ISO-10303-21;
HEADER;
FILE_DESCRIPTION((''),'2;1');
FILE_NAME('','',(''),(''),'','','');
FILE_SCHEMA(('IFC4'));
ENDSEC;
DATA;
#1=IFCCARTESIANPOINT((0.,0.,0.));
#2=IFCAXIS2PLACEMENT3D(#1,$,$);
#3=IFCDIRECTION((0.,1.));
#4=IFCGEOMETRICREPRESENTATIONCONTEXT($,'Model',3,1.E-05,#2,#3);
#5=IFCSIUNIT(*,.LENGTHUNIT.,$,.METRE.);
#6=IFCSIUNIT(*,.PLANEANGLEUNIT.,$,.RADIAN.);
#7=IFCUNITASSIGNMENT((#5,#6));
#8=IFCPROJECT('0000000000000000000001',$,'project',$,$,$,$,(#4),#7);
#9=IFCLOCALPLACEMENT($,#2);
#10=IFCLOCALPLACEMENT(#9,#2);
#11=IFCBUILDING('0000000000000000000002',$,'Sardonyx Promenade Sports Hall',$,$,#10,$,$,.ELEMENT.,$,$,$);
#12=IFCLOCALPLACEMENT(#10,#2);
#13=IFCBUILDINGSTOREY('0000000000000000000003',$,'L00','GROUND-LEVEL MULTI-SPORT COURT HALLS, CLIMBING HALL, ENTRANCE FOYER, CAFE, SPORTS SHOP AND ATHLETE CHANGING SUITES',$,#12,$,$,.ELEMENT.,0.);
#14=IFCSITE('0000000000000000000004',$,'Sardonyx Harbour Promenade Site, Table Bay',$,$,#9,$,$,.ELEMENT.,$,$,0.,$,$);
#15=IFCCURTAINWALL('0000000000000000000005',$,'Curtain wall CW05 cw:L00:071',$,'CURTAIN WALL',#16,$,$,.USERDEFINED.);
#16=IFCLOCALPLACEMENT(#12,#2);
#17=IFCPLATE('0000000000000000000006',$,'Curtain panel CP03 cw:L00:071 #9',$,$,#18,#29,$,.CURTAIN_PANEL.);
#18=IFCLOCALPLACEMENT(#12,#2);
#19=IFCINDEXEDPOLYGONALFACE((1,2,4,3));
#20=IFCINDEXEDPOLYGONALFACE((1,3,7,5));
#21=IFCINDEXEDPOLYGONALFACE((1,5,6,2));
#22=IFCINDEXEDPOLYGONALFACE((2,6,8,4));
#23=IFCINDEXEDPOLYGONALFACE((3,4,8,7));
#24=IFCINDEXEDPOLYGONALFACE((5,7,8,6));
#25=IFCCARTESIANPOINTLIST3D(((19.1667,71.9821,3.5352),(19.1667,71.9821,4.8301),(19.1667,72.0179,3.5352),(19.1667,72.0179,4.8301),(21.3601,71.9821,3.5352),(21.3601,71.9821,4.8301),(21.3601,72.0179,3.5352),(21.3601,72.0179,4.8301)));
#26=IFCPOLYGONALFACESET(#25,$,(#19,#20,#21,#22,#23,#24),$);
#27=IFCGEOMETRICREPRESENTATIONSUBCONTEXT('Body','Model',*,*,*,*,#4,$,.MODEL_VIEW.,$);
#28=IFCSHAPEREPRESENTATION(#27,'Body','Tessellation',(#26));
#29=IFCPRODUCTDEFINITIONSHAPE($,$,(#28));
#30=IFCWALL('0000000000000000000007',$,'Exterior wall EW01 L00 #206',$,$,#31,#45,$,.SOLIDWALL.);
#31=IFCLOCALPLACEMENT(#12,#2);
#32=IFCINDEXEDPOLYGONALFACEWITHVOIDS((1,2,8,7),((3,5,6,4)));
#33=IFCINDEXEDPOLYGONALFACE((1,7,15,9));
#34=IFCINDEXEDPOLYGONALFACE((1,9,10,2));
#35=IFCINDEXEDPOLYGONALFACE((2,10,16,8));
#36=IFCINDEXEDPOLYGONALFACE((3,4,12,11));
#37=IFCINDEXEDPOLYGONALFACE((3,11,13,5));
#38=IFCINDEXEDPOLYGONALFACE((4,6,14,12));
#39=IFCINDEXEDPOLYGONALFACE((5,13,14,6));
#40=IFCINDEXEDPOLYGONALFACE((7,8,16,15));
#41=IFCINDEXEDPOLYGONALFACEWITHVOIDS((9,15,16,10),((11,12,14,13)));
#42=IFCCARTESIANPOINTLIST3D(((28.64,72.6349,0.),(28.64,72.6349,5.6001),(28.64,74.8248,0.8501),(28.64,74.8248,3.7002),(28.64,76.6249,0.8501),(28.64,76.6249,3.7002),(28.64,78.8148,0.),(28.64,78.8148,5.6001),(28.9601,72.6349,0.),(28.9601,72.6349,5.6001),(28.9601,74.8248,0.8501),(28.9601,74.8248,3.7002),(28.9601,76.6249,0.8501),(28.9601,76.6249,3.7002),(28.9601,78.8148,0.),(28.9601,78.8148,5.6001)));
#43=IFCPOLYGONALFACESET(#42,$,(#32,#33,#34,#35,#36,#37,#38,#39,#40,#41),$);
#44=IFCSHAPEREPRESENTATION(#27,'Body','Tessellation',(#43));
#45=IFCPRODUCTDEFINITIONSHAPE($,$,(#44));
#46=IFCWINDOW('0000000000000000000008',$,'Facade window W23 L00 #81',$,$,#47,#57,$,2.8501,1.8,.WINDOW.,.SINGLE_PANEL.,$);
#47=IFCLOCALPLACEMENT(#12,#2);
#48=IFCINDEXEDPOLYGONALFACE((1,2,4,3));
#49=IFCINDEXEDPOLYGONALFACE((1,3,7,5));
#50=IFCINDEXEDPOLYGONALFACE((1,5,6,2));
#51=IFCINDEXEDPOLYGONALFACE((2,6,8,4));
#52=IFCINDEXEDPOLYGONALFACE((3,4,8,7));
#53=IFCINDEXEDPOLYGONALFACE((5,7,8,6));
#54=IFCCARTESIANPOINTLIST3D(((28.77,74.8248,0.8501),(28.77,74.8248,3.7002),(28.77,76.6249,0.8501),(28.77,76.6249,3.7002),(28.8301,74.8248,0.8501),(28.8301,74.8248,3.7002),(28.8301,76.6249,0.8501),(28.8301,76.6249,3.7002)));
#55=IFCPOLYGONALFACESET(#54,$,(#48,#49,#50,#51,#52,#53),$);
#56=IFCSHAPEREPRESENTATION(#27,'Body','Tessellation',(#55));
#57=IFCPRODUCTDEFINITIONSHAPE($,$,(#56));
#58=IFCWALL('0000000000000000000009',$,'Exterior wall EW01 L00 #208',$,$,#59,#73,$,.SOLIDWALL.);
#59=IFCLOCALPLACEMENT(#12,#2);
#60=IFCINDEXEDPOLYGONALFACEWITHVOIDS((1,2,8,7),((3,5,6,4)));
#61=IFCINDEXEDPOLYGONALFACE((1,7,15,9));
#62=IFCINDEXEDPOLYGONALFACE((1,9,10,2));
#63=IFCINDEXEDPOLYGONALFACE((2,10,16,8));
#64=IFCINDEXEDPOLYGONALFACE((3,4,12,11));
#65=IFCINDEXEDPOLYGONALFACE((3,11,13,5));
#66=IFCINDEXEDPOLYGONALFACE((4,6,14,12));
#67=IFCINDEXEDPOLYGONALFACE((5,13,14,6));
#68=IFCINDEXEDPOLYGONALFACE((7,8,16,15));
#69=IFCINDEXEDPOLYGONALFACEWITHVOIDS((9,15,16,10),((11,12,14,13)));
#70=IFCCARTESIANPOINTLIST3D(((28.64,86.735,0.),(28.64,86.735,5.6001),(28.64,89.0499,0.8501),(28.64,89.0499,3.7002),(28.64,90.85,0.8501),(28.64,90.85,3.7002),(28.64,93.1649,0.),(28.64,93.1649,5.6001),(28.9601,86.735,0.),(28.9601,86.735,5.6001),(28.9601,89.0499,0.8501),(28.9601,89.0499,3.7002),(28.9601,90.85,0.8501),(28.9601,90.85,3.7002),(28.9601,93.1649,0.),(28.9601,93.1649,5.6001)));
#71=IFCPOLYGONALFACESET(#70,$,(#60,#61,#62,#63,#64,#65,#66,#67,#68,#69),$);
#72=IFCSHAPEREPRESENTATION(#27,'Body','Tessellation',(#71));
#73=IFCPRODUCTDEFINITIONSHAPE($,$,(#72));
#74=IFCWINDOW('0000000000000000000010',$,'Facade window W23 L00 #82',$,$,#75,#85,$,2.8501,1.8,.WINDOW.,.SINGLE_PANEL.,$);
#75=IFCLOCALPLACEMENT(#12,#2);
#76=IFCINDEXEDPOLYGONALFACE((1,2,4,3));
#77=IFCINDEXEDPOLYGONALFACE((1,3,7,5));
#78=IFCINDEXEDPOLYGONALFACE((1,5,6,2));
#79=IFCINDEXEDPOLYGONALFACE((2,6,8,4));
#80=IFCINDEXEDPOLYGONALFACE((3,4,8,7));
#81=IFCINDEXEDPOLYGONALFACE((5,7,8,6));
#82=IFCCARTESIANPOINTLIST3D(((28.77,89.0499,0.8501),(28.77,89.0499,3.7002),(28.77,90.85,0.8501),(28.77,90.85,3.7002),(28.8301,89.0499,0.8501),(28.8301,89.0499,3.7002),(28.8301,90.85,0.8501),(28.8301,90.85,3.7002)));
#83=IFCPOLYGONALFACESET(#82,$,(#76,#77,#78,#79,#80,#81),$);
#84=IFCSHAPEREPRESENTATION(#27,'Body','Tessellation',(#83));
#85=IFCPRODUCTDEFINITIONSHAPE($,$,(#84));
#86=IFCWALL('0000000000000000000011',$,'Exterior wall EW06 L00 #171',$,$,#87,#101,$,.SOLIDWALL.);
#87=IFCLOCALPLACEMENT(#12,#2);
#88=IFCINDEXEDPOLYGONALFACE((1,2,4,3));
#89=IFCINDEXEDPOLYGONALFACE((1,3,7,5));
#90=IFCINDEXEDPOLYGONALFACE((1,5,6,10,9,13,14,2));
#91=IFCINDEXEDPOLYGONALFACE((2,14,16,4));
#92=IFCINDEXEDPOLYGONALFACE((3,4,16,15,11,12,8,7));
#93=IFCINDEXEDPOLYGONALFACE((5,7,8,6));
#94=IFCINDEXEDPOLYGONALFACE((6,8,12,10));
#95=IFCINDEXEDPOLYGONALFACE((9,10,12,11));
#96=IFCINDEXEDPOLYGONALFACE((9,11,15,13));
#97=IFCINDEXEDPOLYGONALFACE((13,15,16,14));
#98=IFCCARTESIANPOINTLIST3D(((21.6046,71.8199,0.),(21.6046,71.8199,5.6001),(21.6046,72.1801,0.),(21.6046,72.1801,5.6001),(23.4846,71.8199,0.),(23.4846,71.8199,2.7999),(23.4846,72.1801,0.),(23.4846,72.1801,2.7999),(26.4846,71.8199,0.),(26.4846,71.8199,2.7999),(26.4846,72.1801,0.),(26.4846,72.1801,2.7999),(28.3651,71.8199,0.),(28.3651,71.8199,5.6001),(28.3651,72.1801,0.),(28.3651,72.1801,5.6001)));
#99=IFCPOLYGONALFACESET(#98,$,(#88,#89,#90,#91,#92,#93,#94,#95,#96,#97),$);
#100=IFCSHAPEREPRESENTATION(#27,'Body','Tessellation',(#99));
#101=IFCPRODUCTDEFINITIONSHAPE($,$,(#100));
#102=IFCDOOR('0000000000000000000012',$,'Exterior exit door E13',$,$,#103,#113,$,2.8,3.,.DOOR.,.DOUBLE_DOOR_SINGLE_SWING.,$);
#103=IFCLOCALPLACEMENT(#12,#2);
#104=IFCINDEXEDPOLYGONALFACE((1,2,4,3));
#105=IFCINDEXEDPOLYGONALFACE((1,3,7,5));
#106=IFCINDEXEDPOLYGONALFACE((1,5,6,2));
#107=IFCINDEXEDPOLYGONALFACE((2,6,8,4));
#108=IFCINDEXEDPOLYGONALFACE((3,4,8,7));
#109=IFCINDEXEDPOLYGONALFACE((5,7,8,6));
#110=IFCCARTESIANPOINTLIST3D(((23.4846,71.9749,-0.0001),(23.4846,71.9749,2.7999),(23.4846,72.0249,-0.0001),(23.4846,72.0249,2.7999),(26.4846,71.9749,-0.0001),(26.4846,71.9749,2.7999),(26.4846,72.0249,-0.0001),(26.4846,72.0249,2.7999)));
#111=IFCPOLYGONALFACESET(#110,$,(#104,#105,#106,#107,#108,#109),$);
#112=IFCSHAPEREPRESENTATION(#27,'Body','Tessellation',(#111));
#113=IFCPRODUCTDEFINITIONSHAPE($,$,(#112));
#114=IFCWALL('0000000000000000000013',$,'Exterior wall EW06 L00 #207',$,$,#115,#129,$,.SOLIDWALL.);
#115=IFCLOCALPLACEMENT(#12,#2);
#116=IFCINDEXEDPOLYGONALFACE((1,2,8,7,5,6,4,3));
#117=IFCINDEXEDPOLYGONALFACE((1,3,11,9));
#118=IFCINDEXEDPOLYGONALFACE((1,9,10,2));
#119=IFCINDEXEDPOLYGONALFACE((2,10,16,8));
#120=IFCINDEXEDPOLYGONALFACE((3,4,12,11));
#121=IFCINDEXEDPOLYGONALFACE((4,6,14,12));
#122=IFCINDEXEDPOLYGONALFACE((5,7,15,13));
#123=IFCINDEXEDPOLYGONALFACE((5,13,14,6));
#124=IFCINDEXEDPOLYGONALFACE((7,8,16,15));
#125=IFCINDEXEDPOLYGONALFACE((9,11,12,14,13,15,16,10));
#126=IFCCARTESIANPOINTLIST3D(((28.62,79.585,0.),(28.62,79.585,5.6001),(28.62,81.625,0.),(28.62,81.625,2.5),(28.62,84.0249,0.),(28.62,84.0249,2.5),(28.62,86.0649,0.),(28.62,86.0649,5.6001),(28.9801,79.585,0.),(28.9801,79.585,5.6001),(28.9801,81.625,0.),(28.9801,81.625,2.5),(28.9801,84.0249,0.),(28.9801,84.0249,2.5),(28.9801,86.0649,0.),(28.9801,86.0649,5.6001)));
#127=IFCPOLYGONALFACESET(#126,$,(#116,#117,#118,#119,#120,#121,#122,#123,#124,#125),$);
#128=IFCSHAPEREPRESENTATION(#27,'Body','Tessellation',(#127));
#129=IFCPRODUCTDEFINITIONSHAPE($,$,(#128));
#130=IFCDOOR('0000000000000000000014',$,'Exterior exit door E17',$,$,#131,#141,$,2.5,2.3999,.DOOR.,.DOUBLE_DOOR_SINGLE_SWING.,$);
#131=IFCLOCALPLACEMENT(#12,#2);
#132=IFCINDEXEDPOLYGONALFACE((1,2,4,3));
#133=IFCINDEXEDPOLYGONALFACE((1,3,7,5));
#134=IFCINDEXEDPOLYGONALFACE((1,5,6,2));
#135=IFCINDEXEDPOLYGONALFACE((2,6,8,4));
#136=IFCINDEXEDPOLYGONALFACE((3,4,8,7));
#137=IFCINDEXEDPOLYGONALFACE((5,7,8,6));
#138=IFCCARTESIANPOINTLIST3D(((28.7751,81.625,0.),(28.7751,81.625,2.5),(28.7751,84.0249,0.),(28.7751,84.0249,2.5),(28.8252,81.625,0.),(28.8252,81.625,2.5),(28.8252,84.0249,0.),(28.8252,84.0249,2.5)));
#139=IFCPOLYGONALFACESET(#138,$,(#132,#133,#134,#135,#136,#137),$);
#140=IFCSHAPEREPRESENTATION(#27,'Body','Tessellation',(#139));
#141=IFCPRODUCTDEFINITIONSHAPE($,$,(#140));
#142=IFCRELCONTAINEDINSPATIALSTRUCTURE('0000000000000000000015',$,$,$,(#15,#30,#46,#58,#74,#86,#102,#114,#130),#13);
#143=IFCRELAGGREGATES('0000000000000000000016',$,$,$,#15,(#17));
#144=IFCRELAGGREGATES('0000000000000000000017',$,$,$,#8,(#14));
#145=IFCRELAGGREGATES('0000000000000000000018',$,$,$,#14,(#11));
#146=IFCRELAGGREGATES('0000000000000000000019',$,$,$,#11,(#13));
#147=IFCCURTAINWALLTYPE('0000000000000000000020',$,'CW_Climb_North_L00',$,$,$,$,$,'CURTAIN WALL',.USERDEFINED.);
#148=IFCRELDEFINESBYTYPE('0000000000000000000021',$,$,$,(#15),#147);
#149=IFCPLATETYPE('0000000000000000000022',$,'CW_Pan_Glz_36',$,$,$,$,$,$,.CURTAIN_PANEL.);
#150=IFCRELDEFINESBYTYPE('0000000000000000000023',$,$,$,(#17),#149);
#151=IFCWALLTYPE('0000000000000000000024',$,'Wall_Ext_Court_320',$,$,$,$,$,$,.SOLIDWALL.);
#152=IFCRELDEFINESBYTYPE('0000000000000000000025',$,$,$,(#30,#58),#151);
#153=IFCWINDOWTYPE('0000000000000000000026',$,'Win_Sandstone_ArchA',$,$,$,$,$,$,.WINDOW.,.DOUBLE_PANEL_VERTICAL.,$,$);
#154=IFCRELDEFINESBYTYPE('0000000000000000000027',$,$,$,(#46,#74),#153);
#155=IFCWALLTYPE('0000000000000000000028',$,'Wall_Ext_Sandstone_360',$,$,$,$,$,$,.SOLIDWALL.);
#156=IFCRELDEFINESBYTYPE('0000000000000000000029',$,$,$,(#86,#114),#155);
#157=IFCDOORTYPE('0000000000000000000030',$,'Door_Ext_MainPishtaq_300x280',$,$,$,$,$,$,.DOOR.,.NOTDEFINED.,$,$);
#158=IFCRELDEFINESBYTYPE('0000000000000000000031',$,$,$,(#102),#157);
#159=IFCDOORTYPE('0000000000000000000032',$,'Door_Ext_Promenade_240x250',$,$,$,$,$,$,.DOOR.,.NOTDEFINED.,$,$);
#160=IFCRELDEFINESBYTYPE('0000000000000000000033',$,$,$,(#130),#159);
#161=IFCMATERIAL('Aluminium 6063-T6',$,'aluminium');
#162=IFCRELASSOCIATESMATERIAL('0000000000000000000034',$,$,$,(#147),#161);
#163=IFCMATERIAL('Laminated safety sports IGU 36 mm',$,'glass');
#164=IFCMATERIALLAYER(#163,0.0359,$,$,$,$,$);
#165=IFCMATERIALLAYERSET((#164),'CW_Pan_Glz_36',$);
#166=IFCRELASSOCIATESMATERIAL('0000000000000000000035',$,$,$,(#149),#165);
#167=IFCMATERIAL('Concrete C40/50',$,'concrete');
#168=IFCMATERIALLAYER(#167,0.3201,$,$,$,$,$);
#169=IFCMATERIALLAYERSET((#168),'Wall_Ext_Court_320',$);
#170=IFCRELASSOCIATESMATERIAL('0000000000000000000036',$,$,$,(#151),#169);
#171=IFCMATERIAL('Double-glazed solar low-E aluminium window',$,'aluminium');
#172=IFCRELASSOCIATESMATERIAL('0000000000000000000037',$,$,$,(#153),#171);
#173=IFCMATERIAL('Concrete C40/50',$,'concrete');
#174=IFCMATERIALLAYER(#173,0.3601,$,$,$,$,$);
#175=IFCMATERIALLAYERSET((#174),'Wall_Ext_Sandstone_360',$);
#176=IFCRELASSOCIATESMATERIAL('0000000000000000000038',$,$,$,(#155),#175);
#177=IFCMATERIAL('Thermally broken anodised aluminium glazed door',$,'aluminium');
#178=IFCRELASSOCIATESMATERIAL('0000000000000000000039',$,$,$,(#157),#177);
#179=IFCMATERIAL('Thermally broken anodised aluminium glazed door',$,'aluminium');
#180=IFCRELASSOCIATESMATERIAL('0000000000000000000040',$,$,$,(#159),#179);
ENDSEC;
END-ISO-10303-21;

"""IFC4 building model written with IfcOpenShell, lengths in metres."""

from ifc_helpers import new_model, si_unit, direction, frame, frame_2d, origin, origin_2d, place, context, subcontext, project, spatial, rectangle, extrude, material, layer, layer_set, type_object, element, fill, aggregate, save


model = new_model("IFC4")

# Units and contexts
model_context = context("Model", 3, precision=1e-05, world=origin(), true_north=direction((0.0, 1.0)))
body_context = subcontext(model_context, "Body", "Model", "MODEL_VIEW")
ifc_project = project(units=[si_unit("LENGTHUNIT", "METRE"), si_unit("PLANEANGLEUNIT", "RADIAN")], contexts=[model_context])

# Site, building, storey
site_placement = place(None, origin())
site = spatial("IfcSite", under=ifc_project, at=site_placement, Name="Sardonyx Harbour Promenade Site, Table Bay", CompositionType="ELEMENT", RefElevation=0.0)
building_placement = place(site_placement, origin())
building = spatial("IfcBuilding", under=site, at=building_placement, Name="Sardonyx Promenade Sports Hall", CompositionType="ELEMENT")
storey_placement = place(building_placement, origin())
storey = spatial("IfcBuildingStorey", under=building, at=storey_placement, Name="L00", Description="GROUND-LEVEL MULTI-SPORT COURT HALLS, CLIMBING HALL, ENTRANCE FOYER, CAFE, SPORTS SHOP AND ATHLETE CHANGING SUITES", CompositionType="ELEMENT", Elevation=0.0)

# Curtain wall, plate
ifc_material_1 = material(Name="Aluminium 6063-T6", Category="aluminium")
curtain_wall_type = type_object("IfcCurtainWallType", Name="CW_Climb_North_L00", ElementType="CURTAIN WALL", PredefinedType="USERDEFINED", material=ifc_material_1)
curtain_wall_placement = place(storey_placement, origin())
curtain_wall = element("IfcCurtainWall", 1, at=curtain_wall_placement, inside=storey, type_object=curtain_wall_type, Name="Curtain wall CW05 cw:L00:071", ObjectType="CURTAIN WALL", PredefinedType="USERDEFINED")
ifc_material_2 = material(Name="Laminated safety sports IGU 36 mm", Category="glass")
ifc_layer_1 = layer(ifc_material_2, 0.0359)
ifc_layer_set_1 = layer_set([ifc_layer_1], Name="CW_Pan_Glz_36")
plate_type = type_object("IfcPlateType", Name="CW_Pan_Glz_36", PredefinedType="CURTAIN_PANEL", material=ifc_layer_set_1)
plate_1_placement = place(storey_placement, frame((20.2634, 72.0, 3.5352), z_axis=(0.0, 0.0, 1.0), x_axis=(1.0, 0.0, 0.0)))
plate_1 = element("IfcPlate", 2, at=plate_1_placement, type_object=plate_type, Name="Curtain panel CP03 cw:L00:071 #9", PredefinedType="CURTAIN_PANEL", context=body_context, shape_type="SweptSolid", body=[
    extrude(rectangle(XDim=2.1934, YDim=0.0359, at=origin_2d()), origin(), (0.0, 0.0, 1.0), 1.2949),
])
aggregate(curtain_wall, [plate_1])

# Walls, openings, windows
ifc_material_3 = material(Name="Concrete C40/50", Category="concrete")
ifc_layer_2 = layer(ifc_material_3, 0.3201)
ifc_layer_set_2 = layer_set([ifc_layer_2], Name="Wall_Ext_Court_320")
wall_type_1 = type_object("IfcWallType", Name="Wall_Ext_Court_320", PredefinedType="SOLIDWALL", material=ifc_layer_set_2)
wall_1_placement = place(storey_placement, frame((28.8, 72.635, 0.0), z_axis=(0.0, 0.0, 1.0), x_axis=(0.0, 1.0, 0.0)))
wall_1 = element("IfcWall", 3, at=wall_1_placement, inside=storey, type_object=wall_type_1, Name="Exterior wall EW01 L00 #206", PredefinedType="SOLIDWALL", context=body_context, shape_type="SweptSolid", body=[
    extrude(rectangle(XDim=6.1799, YDim=0.3201, at=frame_2d((3.0898, 0.0))), origin(), (0.0, 0.0, 1.0), 5.6001),
])
opening_1_placement = place(wall_1_placement, frame((2.1899, 0.0, 0.8501)))
opening_1 = element("IfcOpeningElement", 4, at=opening_1_placement, cuts=wall_1, PredefinedType="OPENING", context=body_context, shape_type="SweptSolid", body=[
    extrude(rectangle(XDim=1.8, YDim=2.8501, at=frame_2d((0.8999, 1.425))), frame((0.0, 0.17, 0.0), z_axis=(0.0, -1.0, 0.0), x_axis=(1.0, 0.0, 0.0)), (0.0, 0.0, 1.0), 0.34),
])
ifc_material_4 = material(Name="Double-glazed solar low-E aluminium window", Category="aluminium")
window_type_1 = type_object("IfcWindowType", Name="Win_Sandstone_ArchA", PartitioningType="DOUBLE_PANEL_VERTICAL", PredefinedType="WINDOW", material=ifc_material_4)
window_1_placement = place(opening_1_placement, origin())
window_1 = element("IfcWindow", 5, at=window_1_placement, inside=storey, type_object=window_type_1, Name="Facade window W23 L00 #81", OverallHeight=2.8501, OverallWidth=1.8, PartitioningType="SINGLE_PANEL", PredefinedType="WINDOW", context=body_context, shape_type="SweptSolid", body=[
    extrude(rectangle(XDim=1.8, YDim=2.8501, at=frame_2d((0.8999, 1.425))), frame((0.0, 0.03, 0.0), z_axis=(0.0, -1.0, 0.0), x_axis=(1.0, 0.0, 0.0)), (0.0, 0.0, 1.0), 0.0601),
])
fill(opening_1, window_1)
wall_2_placement = place(storey_placement, frame((28.8, 86.7351, 0.0), z_axis=(0.0, 0.0, 1.0), x_axis=(0.0, 1.0, 0.0)))
wall_2 = element("IfcWall", 6, at=wall_2_placement, inside=storey, type_object=wall_type_1, Name="Exterior wall EW01 L00 #208", PredefinedType="SOLIDWALL", context=body_context, shape_type="SweptSolid", body=[
    extrude(rectangle(XDim=6.4299, YDim=0.3201, at=frame_2d((3.2148, 0.0))), origin(), (0.0, 0.0, 1.0), 5.6001),
])
opening_2_placement = place(wall_2_placement, frame((2.3149, 0.0, 0.8501)))
opening_2 = element("IfcOpeningElement", 7, at=opening_2_placement, cuts=wall_2, PredefinedType="OPENING", context=body_context, shape_type="SweptSolid", body=[
    extrude(rectangle(XDim=1.8, YDim=2.8501, at=frame_2d((0.8999, 1.425))), frame((0.0, 0.17, 0.0), z_axis=(0.0, -1.0, 0.0), x_axis=(1.0, 0.0, 0.0)), (0.0, 0.0, 1.0), 0.34),
])
window_2_placement = place(opening_2_placement, origin())
window_2 = element("IfcWindow", 8, at=window_2_placement, inside=storey, type_object=window_type_1, Name="Facade window W23 L00 #82", OverallHeight=2.8501, OverallWidth=1.8, PartitioningType="SINGLE_PANEL", PredefinedType="WINDOW", context=body_context, shape_type="SweptSolid", body=[
    extrude(rectangle(XDim=1.8, YDim=2.8501, at=frame_2d((0.8999, 1.425))), frame((0.0, 0.03, 0.0), z_axis=(0.0, -1.0, 0.0), x_axis=(1.0, 0.0, 0.0)), (0.0, 0.0, 1.0), 0.0601),
])
fill(opening_2, window_2)

# Walls, openings, doors
ifc_material_5 = material(Name="Concrete C40/50", Category="concrete")
ifc_layer_3 = layer(ifc_material_5, 0.3601)
ifc_layer_set_3 = layer_set([ifc_layer_3], Name="Wall_Ext_Sandstone_360")
wall_type_2 = type_object("IfcWallType", Name="Wall_Ext_Sandstone_360", PredefinedType="SOLIDWALL", material=ifc_layer_set_3)
wall_3_placement = place(storey_placement, frame((21.6045, 72.0, 0.0), z_axis=(0.0, 0.0, 1.0), x_axis=(1.0, 0.0, 0.0)))
wall_3 = element("IfcWall", 9, at=wall_3_placement, inside=storey, type_object=wall_type_2, Name="Exterior wall EW06 L00 #171", PredefinedType="SOLIDWALL", context=body_context, shape_type="SweptSolid", body=[
    extrude(rectangle(XDim=6.7605, YDim=0.3601, at=frame_2d((3.3804, 0.0))), origin(), (0.0, 0.0, 1.0), 5.6001),
])
opening_3_placement = place(wall_3_placement, frame((1.8801, 0.0, 0.0)))
opening_3 = element("IfcOpeningElement", 10, at=opening_3_placement, cuts=wall_3, PredefinedType="OPENING", context=body_context, shape_type="SweptSolid", body=[
    extrude(rectangle(XDim=3.0, YDim=2.8, at=frame_2d((1.5, 1.3999))), frame((0.0, 0.19, 0.0), z_axis=(0.0, -1.0, 0.0), x_axis=(1.0, 0.0, 0.0)), (0.0, 0.0, 1.0), 0.38),
])
ifc_material_6 = material(Name="Thermally broken anodised aluminium glazed door", Category="aluminium")
door_type_1 = type_object("IfcDoorType", Name="Door_Ext_MainPishtaq_300x280", OperationType="NOTDEFINED", PredefinedType="DOOR", material=ifc_material_6)
door_1_placement = place(opening_3_placement, origin())
door_1 = element("IfcDoor", 11, at=door_1_placement, inside=storey, type_object=door_type_1, Name="Exterior exit door E13", OperationType="DOUBLE_DOOR_SINGLE_SWING", OverallHeight=2.8, OverallWidth=3.0, PredefinedType="DOOR", context=body_context, shape_type="SweptSolid", body=[
    extrude(rectangle(XDim=3.0, YDim=2.8, at=frame_2d((1.5, 1.3999))), frame((0.0, 0.0249, 0.0), z_axis=(0.0, -1.0, 0.0), x_axis=(1.0, 0.0, 0.0)), (0.0, 0.0, 1.0), 0.05),
])
fill(opening_3, door_1)
wall_4_placement = place(storey_placement, frame((28.8, 79.585, 0.0), z_axis=(0.0, 0.0, 1.0), x_axis=(0.0, 1.0, 0.0)))
wall_4 = element("IfcWall", 12, at=wall_4_placement, inside=storey, type_object=wall_type_2, Name="Exterior wall EW06 L00 #207", PredefinedType="SOLIDWALL", context=body_context, shape_type="SweptSolid", body=[
    extrude(rectangle(XDim=6.48, YDim=0.3601, at=frame_2d((3.24, 0.0))), origin(), (0.0, 0.0, 1.0), 5.6001),
])
opening_4_placement = place(wall_4_placement, frame((2.04, 0.0, 0.0)))
opening_4 = element("IfcOpeningElement", 13, at=opening_4_placement, cuts=wall_4, PredefinedType="OPENING", context=body_context, shape_type="SweptSolid", body=[
    extrude(rectangle(XDim=2.3999, YDim=2.5, at=frame_2d((1.2, 1.25))), frame((0.0, 0.19, 0.0), z_axis=(0.0, -1.0, 0.0), x_axis=(1.0, 0.0, 0.0)), (0.0, 0.0, 1.0), 0.38),
])
ifc_material_7 = material(Name="Thermally broken anodised aluminium glazed door", Category="aluminium")
door_type_2 = type_object("IfcDoorType", Name="Door_Ext_Promenade_240x250", OperationType="NOTDEFINED", PredefinedType="DOOR", material=ifc_material_7)
door_2_placement = place(opening_4_placement, origin())
door_2 = element("IfcDoor", 14, at=door_2_placement, inside=storey, type_object=door_type_2, Name="Exterior exit door E17", OperationType="DOUBLE_DOOR_SINGLE_SWING", OverallHeight=2.5, OverallWidth=2.3999, PredefinedType="DOOR", context=body_context, shape_type="SweptSolid", body=[
    extrude(rectangle(XDim=2.3999, YDim=2.5, at=frame_2d((1.2, 1.25))), frame((0.0, 0.0249, 0.0), z_axis=(0.0, -1.0, 0.0), x_axis=(1.0, 0.0, 0.0)), (0.0, 0.0, 1.0), 0.05),
])
fill(opening_4, door_2)

save(model, "model.ifc")
